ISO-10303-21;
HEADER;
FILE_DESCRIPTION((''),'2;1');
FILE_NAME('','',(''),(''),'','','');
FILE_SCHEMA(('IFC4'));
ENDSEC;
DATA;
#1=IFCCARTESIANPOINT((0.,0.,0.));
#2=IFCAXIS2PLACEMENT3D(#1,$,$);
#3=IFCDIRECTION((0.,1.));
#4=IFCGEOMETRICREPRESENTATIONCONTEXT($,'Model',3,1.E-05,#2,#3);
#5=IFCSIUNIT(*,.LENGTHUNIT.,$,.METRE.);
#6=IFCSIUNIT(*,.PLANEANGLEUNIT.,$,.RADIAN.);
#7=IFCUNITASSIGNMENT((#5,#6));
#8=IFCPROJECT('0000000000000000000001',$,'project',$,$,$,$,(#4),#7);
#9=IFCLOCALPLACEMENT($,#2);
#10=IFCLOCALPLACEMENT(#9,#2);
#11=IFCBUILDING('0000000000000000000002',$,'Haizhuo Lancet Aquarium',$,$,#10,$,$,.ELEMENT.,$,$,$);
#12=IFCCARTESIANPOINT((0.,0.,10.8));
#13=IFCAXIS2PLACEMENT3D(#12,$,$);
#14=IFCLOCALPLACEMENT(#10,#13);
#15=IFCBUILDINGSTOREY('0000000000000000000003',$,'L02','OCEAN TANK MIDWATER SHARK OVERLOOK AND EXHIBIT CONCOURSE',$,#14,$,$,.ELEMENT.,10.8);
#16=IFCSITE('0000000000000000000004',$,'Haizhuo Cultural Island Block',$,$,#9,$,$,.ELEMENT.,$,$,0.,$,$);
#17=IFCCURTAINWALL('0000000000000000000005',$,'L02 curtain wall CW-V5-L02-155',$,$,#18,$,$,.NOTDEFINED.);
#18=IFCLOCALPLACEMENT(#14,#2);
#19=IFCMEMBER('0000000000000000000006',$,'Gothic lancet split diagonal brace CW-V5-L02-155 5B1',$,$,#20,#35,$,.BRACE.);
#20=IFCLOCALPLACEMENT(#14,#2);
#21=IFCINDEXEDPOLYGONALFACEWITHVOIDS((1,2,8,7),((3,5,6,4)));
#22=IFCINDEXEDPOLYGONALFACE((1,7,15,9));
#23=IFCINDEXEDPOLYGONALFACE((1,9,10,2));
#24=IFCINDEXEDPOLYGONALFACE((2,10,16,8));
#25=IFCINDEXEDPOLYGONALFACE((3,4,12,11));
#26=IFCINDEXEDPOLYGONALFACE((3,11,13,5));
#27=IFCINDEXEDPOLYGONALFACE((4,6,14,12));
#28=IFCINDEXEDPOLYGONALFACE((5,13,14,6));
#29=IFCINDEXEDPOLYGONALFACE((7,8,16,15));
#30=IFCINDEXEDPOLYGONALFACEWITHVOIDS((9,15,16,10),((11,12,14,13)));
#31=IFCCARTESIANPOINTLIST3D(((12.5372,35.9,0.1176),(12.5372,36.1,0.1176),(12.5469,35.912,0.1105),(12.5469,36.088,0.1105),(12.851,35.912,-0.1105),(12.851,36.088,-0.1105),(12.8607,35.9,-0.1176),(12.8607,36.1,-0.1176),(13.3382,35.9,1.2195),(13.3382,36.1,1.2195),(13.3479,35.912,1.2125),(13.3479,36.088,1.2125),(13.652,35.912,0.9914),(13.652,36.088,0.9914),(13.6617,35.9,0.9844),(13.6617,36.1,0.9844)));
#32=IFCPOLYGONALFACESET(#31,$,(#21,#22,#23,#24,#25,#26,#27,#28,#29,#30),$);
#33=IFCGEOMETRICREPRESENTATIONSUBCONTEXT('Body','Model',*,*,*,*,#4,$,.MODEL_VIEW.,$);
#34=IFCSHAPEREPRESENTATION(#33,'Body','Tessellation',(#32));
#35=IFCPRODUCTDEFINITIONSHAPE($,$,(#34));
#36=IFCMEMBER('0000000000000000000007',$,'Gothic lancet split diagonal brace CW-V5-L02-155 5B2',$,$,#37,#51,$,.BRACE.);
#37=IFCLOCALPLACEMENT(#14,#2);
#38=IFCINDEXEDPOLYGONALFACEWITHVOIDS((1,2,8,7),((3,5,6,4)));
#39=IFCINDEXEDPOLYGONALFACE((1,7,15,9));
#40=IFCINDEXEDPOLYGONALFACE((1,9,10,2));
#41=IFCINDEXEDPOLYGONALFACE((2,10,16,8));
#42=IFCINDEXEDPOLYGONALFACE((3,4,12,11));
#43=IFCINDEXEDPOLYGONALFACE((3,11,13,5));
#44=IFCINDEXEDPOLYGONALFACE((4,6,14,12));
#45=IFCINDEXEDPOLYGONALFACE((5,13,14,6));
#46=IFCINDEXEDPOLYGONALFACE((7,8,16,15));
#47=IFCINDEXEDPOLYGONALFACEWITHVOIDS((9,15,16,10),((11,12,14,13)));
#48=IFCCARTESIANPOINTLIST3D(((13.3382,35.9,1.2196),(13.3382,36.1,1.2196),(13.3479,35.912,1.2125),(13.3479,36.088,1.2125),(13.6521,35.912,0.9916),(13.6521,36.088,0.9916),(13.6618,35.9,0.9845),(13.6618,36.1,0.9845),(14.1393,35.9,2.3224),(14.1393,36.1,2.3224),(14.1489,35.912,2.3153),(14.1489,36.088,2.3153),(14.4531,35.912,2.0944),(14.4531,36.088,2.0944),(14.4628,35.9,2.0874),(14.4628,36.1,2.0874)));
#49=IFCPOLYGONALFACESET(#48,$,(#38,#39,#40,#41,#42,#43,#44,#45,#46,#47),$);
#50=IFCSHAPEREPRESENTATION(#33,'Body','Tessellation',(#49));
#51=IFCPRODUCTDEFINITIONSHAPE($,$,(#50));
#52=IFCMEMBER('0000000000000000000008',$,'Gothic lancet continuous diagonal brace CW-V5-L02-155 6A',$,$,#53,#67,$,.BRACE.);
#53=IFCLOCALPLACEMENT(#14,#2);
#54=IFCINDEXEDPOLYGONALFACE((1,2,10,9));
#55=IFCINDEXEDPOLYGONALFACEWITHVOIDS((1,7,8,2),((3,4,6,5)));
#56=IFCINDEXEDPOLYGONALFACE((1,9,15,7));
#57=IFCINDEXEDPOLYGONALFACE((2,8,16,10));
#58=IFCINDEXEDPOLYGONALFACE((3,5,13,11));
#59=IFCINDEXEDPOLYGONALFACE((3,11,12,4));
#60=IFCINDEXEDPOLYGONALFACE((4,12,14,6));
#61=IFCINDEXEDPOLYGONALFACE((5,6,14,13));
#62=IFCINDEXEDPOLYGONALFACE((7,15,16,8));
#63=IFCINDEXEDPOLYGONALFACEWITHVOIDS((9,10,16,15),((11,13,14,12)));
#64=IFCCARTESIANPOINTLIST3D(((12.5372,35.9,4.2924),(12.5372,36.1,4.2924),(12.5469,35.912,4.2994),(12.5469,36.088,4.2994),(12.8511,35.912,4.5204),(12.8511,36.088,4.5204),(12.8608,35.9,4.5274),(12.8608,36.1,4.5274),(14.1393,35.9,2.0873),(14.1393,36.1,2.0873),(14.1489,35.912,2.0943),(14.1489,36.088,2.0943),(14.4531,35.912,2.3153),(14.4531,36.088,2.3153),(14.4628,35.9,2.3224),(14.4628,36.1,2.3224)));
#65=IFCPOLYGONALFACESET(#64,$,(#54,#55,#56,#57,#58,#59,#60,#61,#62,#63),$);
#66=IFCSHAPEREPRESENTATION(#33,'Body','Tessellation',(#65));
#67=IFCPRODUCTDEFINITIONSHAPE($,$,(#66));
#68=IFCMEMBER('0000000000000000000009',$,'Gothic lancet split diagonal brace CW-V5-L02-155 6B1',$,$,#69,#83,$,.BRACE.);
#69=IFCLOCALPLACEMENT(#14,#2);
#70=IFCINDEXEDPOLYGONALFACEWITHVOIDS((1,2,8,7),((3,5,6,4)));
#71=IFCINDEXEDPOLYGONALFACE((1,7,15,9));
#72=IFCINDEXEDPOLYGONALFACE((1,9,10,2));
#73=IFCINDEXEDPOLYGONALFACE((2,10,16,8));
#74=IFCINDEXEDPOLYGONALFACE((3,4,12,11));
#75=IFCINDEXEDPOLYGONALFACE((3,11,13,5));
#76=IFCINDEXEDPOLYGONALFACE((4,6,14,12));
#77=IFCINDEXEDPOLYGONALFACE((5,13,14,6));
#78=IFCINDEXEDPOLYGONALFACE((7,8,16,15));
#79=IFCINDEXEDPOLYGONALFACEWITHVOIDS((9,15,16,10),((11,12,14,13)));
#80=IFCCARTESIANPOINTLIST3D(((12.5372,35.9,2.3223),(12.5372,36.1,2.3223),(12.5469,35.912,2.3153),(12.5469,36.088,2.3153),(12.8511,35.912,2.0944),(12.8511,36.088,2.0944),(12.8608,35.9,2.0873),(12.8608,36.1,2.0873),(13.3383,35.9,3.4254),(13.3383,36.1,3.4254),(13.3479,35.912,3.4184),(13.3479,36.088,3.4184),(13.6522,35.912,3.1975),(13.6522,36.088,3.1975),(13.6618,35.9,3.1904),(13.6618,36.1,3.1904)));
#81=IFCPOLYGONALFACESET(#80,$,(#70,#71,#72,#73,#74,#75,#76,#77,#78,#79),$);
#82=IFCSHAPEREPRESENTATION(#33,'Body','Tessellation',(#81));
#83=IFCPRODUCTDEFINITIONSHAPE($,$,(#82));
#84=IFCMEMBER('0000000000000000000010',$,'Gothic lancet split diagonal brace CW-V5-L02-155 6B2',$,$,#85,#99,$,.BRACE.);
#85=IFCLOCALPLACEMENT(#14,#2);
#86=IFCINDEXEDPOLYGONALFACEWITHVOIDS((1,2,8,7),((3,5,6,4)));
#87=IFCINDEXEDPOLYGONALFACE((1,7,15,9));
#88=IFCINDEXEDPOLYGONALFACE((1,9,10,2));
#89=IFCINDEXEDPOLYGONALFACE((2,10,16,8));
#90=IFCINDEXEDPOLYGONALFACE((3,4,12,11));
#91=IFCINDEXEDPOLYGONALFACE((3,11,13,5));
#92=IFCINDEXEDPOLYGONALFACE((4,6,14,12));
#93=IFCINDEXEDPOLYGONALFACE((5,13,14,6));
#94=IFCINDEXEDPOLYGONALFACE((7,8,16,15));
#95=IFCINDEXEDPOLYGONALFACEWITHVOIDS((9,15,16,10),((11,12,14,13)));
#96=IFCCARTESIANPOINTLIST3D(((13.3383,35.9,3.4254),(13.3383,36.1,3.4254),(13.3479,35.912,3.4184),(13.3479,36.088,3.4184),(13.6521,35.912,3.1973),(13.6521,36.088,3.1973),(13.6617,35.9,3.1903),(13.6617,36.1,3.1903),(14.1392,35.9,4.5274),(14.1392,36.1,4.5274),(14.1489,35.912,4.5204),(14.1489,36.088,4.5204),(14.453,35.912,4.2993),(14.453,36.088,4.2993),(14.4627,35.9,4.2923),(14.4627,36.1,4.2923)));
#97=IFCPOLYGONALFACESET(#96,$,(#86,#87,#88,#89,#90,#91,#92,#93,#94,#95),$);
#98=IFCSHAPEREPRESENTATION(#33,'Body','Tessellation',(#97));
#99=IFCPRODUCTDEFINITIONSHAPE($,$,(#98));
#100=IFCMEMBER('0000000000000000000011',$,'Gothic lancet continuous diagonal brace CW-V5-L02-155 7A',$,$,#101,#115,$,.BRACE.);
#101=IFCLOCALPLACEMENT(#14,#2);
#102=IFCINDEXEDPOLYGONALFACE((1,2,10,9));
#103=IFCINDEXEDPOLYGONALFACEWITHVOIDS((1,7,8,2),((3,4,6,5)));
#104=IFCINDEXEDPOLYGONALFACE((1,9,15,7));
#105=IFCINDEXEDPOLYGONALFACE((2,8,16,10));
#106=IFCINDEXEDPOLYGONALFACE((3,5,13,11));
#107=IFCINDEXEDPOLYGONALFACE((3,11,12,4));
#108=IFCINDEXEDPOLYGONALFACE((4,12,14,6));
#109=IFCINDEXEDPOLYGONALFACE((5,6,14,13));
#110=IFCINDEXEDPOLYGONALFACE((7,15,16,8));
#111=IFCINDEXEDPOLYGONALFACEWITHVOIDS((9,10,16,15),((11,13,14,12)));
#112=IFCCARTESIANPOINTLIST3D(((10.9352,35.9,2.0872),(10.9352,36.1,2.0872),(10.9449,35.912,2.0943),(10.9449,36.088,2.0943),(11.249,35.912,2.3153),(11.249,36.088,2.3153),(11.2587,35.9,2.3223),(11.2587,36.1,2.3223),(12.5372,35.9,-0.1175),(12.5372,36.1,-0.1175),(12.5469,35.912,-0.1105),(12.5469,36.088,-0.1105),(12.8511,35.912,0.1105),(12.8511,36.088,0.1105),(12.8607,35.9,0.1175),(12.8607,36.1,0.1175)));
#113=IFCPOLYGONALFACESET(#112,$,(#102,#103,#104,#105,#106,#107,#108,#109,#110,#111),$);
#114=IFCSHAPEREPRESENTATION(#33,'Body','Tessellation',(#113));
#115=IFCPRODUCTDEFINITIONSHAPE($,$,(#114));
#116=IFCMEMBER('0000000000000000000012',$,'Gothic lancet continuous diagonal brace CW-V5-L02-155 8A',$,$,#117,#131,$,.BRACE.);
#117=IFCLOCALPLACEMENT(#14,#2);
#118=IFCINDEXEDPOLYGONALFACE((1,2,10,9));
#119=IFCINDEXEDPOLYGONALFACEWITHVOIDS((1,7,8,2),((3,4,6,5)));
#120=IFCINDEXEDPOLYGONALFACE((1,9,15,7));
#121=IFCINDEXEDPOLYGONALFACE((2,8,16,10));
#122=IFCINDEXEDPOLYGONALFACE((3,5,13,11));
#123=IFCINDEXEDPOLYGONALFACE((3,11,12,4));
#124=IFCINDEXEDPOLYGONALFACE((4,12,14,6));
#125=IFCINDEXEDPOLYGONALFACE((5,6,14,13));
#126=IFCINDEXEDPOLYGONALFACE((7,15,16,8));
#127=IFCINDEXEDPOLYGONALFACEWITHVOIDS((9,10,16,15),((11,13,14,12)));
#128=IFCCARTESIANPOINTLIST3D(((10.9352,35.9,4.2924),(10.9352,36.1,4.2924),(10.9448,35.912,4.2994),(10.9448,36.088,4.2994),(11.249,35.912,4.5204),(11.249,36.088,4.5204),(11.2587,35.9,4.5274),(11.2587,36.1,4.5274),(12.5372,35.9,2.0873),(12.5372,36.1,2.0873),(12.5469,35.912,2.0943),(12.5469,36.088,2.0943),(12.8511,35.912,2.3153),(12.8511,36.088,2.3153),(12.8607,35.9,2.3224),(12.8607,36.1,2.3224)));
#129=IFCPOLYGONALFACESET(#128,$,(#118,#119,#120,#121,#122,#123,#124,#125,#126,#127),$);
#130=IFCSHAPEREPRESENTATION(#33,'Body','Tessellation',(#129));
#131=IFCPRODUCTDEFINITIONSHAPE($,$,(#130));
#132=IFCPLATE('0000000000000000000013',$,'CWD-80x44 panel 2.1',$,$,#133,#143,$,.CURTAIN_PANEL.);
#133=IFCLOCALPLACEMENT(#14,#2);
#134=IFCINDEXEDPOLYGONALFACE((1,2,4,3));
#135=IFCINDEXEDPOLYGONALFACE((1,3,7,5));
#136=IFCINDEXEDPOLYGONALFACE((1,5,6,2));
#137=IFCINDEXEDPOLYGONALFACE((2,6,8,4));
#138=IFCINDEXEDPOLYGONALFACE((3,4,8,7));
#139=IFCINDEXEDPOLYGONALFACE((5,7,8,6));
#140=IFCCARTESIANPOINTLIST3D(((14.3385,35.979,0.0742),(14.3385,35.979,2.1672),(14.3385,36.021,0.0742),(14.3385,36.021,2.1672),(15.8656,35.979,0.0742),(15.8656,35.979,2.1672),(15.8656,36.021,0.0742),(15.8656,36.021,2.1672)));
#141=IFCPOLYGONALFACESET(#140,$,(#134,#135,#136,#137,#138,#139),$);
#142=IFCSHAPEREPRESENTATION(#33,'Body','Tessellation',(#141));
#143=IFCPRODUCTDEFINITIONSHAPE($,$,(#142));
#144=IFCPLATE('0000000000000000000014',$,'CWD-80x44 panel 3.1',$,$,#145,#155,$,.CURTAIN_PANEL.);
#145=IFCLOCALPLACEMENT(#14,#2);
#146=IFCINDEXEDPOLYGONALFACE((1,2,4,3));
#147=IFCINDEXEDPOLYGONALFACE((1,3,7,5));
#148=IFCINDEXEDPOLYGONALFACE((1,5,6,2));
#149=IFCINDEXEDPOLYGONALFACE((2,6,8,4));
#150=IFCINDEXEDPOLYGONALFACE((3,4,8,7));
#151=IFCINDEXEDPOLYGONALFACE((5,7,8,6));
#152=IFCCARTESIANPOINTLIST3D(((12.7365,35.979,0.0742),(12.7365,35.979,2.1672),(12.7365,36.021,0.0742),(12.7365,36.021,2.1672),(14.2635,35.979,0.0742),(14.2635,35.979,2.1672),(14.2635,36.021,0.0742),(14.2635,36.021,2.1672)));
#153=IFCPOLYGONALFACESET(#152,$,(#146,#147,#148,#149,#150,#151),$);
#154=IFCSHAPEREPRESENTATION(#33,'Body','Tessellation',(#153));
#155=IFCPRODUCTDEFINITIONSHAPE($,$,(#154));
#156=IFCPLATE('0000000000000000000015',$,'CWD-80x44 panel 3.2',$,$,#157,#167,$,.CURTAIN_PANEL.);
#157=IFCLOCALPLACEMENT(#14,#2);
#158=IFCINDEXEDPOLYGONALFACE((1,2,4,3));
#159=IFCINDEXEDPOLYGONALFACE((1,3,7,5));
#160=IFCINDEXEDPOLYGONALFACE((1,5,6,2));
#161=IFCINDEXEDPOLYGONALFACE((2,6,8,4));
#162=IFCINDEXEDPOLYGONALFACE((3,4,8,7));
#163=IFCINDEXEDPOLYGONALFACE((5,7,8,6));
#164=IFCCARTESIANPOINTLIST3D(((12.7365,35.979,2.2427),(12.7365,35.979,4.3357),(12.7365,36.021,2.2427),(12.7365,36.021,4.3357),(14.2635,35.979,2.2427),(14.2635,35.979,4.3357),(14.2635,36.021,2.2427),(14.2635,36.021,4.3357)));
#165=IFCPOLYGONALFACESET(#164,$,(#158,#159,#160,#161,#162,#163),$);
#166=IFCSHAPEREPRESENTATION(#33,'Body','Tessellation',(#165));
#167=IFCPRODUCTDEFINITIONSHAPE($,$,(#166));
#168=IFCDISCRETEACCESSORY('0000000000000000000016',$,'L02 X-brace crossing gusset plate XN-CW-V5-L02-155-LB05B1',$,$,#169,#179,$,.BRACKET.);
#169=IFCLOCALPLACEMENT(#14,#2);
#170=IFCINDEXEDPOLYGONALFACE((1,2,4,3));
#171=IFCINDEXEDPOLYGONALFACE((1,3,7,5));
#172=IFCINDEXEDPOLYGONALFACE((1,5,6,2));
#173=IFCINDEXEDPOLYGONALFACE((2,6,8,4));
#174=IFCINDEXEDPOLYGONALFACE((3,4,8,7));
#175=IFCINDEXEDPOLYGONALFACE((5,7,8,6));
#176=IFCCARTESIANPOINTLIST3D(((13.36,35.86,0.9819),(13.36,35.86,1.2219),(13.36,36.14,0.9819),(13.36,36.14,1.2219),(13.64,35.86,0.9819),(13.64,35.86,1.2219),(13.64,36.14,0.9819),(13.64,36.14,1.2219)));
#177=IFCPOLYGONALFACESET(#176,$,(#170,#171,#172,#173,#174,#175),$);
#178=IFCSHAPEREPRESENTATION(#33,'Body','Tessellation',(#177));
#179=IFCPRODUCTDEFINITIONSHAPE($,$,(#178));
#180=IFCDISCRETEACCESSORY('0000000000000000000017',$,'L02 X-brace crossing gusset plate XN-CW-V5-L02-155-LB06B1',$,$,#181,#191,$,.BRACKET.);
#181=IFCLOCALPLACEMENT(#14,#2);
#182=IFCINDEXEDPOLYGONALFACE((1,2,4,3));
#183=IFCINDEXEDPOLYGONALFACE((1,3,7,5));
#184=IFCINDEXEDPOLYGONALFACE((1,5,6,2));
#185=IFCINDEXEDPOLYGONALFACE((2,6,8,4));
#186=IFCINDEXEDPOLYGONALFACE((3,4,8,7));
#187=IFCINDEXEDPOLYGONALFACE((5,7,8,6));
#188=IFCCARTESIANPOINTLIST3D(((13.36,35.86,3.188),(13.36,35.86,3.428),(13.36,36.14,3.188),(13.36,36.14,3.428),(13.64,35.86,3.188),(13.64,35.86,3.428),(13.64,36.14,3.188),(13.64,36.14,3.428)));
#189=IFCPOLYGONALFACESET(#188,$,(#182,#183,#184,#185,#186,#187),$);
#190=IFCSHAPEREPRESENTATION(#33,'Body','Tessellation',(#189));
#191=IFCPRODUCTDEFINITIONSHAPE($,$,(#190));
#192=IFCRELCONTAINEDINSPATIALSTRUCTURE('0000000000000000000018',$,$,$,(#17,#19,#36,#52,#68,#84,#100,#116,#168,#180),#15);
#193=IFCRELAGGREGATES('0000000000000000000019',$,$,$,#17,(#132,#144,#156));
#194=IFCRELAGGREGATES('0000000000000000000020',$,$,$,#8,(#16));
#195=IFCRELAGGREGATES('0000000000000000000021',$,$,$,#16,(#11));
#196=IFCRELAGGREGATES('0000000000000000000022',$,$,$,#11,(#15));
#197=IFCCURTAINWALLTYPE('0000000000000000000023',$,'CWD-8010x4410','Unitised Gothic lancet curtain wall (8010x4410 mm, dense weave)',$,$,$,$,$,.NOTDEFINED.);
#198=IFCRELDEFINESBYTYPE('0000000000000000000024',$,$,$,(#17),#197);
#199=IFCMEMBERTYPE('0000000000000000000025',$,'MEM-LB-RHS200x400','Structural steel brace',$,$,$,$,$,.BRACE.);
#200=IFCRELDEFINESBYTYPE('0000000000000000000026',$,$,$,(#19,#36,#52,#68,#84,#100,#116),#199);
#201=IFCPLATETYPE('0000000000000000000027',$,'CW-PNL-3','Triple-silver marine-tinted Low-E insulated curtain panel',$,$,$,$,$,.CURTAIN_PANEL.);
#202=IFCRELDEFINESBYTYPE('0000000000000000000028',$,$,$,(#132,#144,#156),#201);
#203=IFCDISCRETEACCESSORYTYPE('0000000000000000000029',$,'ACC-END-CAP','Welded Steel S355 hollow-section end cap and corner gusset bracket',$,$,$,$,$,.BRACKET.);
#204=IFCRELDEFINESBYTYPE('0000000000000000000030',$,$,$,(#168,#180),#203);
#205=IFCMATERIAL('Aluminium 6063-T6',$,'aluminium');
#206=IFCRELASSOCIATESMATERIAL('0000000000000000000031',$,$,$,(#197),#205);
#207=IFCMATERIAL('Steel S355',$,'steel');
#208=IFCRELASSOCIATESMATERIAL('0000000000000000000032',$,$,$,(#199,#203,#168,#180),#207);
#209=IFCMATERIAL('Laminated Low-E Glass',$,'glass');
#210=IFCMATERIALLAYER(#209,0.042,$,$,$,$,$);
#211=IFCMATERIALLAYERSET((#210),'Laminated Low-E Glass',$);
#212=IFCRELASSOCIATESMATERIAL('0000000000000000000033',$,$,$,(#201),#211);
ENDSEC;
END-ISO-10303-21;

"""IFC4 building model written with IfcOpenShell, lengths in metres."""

from ifc_helpers import new_model, si_unit, direction, frame, origin, origin_2d, place, context, subcontext, project, spatial, rectangle, hollow_rectangle, extrude, material, layer, layer_set, material_profile, profile_set, type_object, element, aggregate, save


model = new_model("IFC4")

# Units and contexts
model_context = context("Model", 3, precision=1e-05, world=origin(), true_north=direction((0.0, 1.0)))
body_context = subcontext(model_context, "Body", "Model", "MODEL_VIEW")
ifc_project = project(units=[si_unit("LENGTHUNIT", "METRE"), si_unit("PLANEANGLEUNIT", "RADIAN")], contexts=[model_context])

# Site, building, storey
site_placement = place(None, origin())
site = spatial("IfcSite", under=ifc_project, at=site_placement, Name="Haizhuo Cultural Island Block", CompositionType="ELEMENT", RefElevation=0.0)
building_placement = place(site_placement, origin())
building = spatial("IfcBuilding", under=site, at=building_placement, Name="Haizhuo Lancet Aquarium", CompositionType="ELEMENT")
storey_placement = place(building_placement, frame((0.0, 0.0, 10.8)))
storey = spatial("IfcBuildingStorey", under=building, at=storey_placement, Name="L02", Description="OCEAN TANK MIDWATER SHARK OVERLOOK AND EXHIBIT CONCOURSE", CompositionType="ELEMENT", Elevation=10.8)

# Curtain wall
ifc_material_1 = material(Name="Aluminium 6063-T6", Category="aluminium")
curtain_wall_type = type_object("IfcCurtainWallType", Name="CWD-8010x4410", Description="Unitised Gothic lancet curtain wall (8010x4410 mm, dense weave)", PredefinedType="NOTDEFINED", material=ifc_material_1)
curtain_wall_placement = place(storey_placement, origin())
curtain_wall = element("IfcCurtainWall", 1, at=curtain_wall_placement, inside=storey, type_object=curtain_wall_type, Name="L02 curtain wall CW-V5-L02-155", PredefinedType="NOTDEFINED")

# Members
ifc_material_2 = material(Name="Steel S355", Category="steel")
ifc_material_profile_1 = material_profile(ifc_material_2, hollow_rectangle(XDim=0.2, YDim=0.3999, WallThickness=0.012, at=origin_2d()), Name="RHS 200x400x12")
ifc_profile_set_1 = profile_set([ifc_material_profile_1], Name="Steel S355")
member_type_1 = type_object("IfcMemberType", Name="MEM-LB-RHS200x400", Description="Structural steel brace", PredefinedType="BRACE", material=ifc_profile_set_1)
member_1_placement = place(storey_placement, frame((12.699, 36.0, 0.0), z_axis=(0.587948, 0.0, 0.808899), x_axis=(0.0, 1.0, 0.0)))
element("IfcMember", 2, at=member_1_placement, inside=storey, type_object=member_type_1, Name="Gothic lancet split diagonal brace CW-V5-L02-155 5B1", PredefinedType="BRACE", context=body_context, shape_type="SweptSolid", body=[
    extrude(hollow_rectangle(XDim=0.2, YDim=0.3999, WallThickness=0.012, at=origin_2d()), origin(), (0.0, 0.0, 1.0), 1.3623),
])
member_2_placement = place(storey_placement, frame((13.5, 36.0, 1.1021), z_axis=(0.587692, 0.0, 0.809084), x_axis=(0.0, 1.0, 0.0)))
element("IfcMember", 3, at=member_2_placement, inside=storey, type_object=member_type_1, Name="Gothic lancet split diagonal brace CW-V5-L02-155 5B2", PredefinedType="BRACE", context=body_context, shape_type="SweptSolid", body=[
    extrude(hollow_rectangle(XDim=0.2, YDim=0.3999, WallThickness=0.012, at=origin_2d()), origin(), (0.0, 0.0, 1.0), 1.363),
])
member_3_placement = place(storey_placement, frame((14.301, 36.0, 2.2048), z_axis=(-0.587778, 0.0, 0.809023), x_axis=(0.0, -1.0, 0.0)))
element("IfcMember", 4, at=member_3_placement, inside=storey, type_object=member_type_1, Name="Gothic lancet continuous diagonal brace CW-V5-L02-155 6A", PredefinedType="BRACE", context=body_context, shape_type="SweptSolid", body=[
    extrude(hollow_rectangle(XDim=0.2, YDim=0.3999, WallThickness=0.012, at=origin_2d()), origin(), (0.0, 0.0, 1.0), 2.7256),
])
member_4_placement = place(storey_placement, frame((12.699, 36.0, 2.2048), z_axis=(0.587607, 0.0, 0.809146), x_axis=(0.0, 1.0, 0.0)))
element("IfcMember", 5, at=member_4_placement, inside=storey, type_object=member_type_1, Name="Gothic lancet split diagonal brace CW-V5-L02-155 6B1", PredefinedType="BRACE", context=body_context, shape_type="SweptSolid", body=[
    extrude(hollow_rectangle(XDim=0.2, YDim=0.3999, WallThickness=0.012, at=origin_2d()), origin(), (0.0, 0.0, 1.0), 1.3633),
])
member_5_placement = place(storey_placement, frame((13.5, 36.0, 3.3079), z_axis=(0.587948, 0.0, 0.808899), x_axis=(0.0, 1.0, 0.0)))
element("IfcMember", 6, at=member_5_placement, inside=storey, type_object=member_type_1, Name="Gothic lancet split diagonal brace CW-V5-L02-155 6B2", PredefinedType="BRACE", context=body_context, shape_type="SweptSolid", body=[
    extrude(hollow_rectangle(XDim=0.2, YDim=0.3999, WallThickness=0.012, at=origin_2d()), origin(), (0.0, 0.0, 1.0), 1.3623),
])
member_6_placement = place(storey_placement, frame((12.699, 36.0, 0.0), z_axis=(-0.58782, 0.0, 0.808992), x_axis=(0.0, -1.0, 0.0)))
element("IfcMember", 7, at=member_6_placement, inside=storey, type_object=member_type_1, Name="Gothic lancet continuous diagonal brace CW-V5-L02-155 7A", PredefinedType="BRACE", context=body_context, shape_type="SweptSolid", body=[
    extrude(hollow_rectangle(XDim=0.2, YDim=0.3999, WallThickness=0.012, at=origin_2d()), origin(), (0.0, 0.0, 1.0), 2.7253),
])
member_7_placement = place(storey_placement, frame((12.699, 36.0, 2.2048), z_axis=(-0.587778, 0.0, 0.809023), x_axis=(0.0, -1.0, 0.0)))
element("IfcMember", 8, at=member_7_placement, inside=storey, type_object=member_type_1, Name="Gothic lancet continuous diagonal brace CW-V5-L02-155 8A", PredefinedType="BRACE", context=body_context, shape_type="SweptSolid", body=[
    extrude(hollow_rectangle(XDim=0.2, YDim=0.3999, WallThickness=0.012, at=origin_2d()), origin(), (0.0, 0.0, 1.0), 2.7256),
])

# Plates
ifc_material_3 = material(Name="Laminated Low-E Glass", Category="glass")
ifc_layer = layer(ifc_material_3, 0.042)
ifc_layer_set = layer_set([ifc_layer], Name="Laminated Low-E Glass")
plate_type = type_object("IfcPlateType", Name="CW-PNL-3", Description="Triple-silver marine-tinted Low-E insulated curtain panel", PredefinedType="CURTAIN_PANEL", material=ifc_layer_set)
plate_1_placement = place(storey_placement, frame((15.1021, 36.0, 0.0742), z_axis=(0.0, 0.0, 1.0), x_axis=(-1.0, 0.0, 0.0)))
plate_1 = element("IfcPlate", 9, at=plate_1_placement, type_object=plate_type, Name="CWD-80x44 panel 2.1", PredefinedType="CURTAIN_PANEL", context=body_context, shape_type="SweptSolid", body=[
    extrude(rectangle(XDim=1.5271, YDim=0.042, at=origin_2d()), origin(), (0.0, 0.0, 1.0), 2.093),
])
plate_2_placement = place(storey_placement, frame((13.5, 36.0, 0.0742), z_axis=(0.0, 0.0, 1.0), x_axis=(-1.0, 0.0, 0.0)))
plate_2 = element("IfcPlate", 10, at=plate_2_placement, type_object=plate_type, Name="CWD-80x44 panel 3.1", PredefinedType="CURTAIN_PANEL", context=body_context, shape_type="SweptSolid", body=[
    extrude(rectangle(XDim=1.5271, YDim=0.042, at=origin_2d()), origin(), (0.0, 0.0, 1.0), 2.093),
])
plate_3_placement = place(storey_placement, frame((13.5, 36.0, 2.2427), z_axis=(0.0, 0.0, 1.0), x_axis=(-1.0, 0.0, 0.0)))
plate_3 = element("IfcPlate", 11, at=plate_3_placement, type_object=plate_type, Name="CWD-80x44 panel 3.2", PredefinedType="CURTAIN_PANEL", context=body_context, shape_type="SweptSolid", body=[
    extrude(rectangle(XDim=1.5271, YDim=0.042, at=origin_2d()), origin(), (0.0, 0.0, 1.0), 2.093),
])
aggregate(curtain_wall, [plate_1, plate_2, plate_3])

# Discrete accessories
discrete_accessory_type = type_object("IfcDiscreteAccessoryType", Name="ACC-END-CAP", Description="Welded Steel S355 hollow-section end cap and corner gusset bracket", PredefinedType="BRACKET", material=ifc_material_2)
for number, where, z_axis, x_axis, name in (
    (12, (13.5, 36.0, 0.9819), (0.0, 0.0, 1.0), (1.0, 0.0, 0.0), "L02 X-brace crossing gusset plate XN-CW-V5-L02-155-LB05B1"),
    (13, (13.5, 36.0, 3.188), (0.0, 0.0, 1.0), (1.0, 0.0, 0.0), "L02 X-brace crossing gusset plate XN-CW-V5-L02-155-LB06B1"),
):
    element("IfcDiscreteAccessory", number, at=place(storey_placement, frame(where, z_axis=z_axis, x_axis=x_axis)), inside=storey, type_object=discrete_accessory_type, material=ifc_material_2, Name=name, PredefinedType="BRACKET", context=body_context, shape_type="SweptSolid", body=[
        extrude(rectangle(XDim=0.28, YDim=0.28, at=origin_2d()), origin(), (0.0, 0.0, 1.0), 0.24),
    ])

save(model, "model.ifc")
